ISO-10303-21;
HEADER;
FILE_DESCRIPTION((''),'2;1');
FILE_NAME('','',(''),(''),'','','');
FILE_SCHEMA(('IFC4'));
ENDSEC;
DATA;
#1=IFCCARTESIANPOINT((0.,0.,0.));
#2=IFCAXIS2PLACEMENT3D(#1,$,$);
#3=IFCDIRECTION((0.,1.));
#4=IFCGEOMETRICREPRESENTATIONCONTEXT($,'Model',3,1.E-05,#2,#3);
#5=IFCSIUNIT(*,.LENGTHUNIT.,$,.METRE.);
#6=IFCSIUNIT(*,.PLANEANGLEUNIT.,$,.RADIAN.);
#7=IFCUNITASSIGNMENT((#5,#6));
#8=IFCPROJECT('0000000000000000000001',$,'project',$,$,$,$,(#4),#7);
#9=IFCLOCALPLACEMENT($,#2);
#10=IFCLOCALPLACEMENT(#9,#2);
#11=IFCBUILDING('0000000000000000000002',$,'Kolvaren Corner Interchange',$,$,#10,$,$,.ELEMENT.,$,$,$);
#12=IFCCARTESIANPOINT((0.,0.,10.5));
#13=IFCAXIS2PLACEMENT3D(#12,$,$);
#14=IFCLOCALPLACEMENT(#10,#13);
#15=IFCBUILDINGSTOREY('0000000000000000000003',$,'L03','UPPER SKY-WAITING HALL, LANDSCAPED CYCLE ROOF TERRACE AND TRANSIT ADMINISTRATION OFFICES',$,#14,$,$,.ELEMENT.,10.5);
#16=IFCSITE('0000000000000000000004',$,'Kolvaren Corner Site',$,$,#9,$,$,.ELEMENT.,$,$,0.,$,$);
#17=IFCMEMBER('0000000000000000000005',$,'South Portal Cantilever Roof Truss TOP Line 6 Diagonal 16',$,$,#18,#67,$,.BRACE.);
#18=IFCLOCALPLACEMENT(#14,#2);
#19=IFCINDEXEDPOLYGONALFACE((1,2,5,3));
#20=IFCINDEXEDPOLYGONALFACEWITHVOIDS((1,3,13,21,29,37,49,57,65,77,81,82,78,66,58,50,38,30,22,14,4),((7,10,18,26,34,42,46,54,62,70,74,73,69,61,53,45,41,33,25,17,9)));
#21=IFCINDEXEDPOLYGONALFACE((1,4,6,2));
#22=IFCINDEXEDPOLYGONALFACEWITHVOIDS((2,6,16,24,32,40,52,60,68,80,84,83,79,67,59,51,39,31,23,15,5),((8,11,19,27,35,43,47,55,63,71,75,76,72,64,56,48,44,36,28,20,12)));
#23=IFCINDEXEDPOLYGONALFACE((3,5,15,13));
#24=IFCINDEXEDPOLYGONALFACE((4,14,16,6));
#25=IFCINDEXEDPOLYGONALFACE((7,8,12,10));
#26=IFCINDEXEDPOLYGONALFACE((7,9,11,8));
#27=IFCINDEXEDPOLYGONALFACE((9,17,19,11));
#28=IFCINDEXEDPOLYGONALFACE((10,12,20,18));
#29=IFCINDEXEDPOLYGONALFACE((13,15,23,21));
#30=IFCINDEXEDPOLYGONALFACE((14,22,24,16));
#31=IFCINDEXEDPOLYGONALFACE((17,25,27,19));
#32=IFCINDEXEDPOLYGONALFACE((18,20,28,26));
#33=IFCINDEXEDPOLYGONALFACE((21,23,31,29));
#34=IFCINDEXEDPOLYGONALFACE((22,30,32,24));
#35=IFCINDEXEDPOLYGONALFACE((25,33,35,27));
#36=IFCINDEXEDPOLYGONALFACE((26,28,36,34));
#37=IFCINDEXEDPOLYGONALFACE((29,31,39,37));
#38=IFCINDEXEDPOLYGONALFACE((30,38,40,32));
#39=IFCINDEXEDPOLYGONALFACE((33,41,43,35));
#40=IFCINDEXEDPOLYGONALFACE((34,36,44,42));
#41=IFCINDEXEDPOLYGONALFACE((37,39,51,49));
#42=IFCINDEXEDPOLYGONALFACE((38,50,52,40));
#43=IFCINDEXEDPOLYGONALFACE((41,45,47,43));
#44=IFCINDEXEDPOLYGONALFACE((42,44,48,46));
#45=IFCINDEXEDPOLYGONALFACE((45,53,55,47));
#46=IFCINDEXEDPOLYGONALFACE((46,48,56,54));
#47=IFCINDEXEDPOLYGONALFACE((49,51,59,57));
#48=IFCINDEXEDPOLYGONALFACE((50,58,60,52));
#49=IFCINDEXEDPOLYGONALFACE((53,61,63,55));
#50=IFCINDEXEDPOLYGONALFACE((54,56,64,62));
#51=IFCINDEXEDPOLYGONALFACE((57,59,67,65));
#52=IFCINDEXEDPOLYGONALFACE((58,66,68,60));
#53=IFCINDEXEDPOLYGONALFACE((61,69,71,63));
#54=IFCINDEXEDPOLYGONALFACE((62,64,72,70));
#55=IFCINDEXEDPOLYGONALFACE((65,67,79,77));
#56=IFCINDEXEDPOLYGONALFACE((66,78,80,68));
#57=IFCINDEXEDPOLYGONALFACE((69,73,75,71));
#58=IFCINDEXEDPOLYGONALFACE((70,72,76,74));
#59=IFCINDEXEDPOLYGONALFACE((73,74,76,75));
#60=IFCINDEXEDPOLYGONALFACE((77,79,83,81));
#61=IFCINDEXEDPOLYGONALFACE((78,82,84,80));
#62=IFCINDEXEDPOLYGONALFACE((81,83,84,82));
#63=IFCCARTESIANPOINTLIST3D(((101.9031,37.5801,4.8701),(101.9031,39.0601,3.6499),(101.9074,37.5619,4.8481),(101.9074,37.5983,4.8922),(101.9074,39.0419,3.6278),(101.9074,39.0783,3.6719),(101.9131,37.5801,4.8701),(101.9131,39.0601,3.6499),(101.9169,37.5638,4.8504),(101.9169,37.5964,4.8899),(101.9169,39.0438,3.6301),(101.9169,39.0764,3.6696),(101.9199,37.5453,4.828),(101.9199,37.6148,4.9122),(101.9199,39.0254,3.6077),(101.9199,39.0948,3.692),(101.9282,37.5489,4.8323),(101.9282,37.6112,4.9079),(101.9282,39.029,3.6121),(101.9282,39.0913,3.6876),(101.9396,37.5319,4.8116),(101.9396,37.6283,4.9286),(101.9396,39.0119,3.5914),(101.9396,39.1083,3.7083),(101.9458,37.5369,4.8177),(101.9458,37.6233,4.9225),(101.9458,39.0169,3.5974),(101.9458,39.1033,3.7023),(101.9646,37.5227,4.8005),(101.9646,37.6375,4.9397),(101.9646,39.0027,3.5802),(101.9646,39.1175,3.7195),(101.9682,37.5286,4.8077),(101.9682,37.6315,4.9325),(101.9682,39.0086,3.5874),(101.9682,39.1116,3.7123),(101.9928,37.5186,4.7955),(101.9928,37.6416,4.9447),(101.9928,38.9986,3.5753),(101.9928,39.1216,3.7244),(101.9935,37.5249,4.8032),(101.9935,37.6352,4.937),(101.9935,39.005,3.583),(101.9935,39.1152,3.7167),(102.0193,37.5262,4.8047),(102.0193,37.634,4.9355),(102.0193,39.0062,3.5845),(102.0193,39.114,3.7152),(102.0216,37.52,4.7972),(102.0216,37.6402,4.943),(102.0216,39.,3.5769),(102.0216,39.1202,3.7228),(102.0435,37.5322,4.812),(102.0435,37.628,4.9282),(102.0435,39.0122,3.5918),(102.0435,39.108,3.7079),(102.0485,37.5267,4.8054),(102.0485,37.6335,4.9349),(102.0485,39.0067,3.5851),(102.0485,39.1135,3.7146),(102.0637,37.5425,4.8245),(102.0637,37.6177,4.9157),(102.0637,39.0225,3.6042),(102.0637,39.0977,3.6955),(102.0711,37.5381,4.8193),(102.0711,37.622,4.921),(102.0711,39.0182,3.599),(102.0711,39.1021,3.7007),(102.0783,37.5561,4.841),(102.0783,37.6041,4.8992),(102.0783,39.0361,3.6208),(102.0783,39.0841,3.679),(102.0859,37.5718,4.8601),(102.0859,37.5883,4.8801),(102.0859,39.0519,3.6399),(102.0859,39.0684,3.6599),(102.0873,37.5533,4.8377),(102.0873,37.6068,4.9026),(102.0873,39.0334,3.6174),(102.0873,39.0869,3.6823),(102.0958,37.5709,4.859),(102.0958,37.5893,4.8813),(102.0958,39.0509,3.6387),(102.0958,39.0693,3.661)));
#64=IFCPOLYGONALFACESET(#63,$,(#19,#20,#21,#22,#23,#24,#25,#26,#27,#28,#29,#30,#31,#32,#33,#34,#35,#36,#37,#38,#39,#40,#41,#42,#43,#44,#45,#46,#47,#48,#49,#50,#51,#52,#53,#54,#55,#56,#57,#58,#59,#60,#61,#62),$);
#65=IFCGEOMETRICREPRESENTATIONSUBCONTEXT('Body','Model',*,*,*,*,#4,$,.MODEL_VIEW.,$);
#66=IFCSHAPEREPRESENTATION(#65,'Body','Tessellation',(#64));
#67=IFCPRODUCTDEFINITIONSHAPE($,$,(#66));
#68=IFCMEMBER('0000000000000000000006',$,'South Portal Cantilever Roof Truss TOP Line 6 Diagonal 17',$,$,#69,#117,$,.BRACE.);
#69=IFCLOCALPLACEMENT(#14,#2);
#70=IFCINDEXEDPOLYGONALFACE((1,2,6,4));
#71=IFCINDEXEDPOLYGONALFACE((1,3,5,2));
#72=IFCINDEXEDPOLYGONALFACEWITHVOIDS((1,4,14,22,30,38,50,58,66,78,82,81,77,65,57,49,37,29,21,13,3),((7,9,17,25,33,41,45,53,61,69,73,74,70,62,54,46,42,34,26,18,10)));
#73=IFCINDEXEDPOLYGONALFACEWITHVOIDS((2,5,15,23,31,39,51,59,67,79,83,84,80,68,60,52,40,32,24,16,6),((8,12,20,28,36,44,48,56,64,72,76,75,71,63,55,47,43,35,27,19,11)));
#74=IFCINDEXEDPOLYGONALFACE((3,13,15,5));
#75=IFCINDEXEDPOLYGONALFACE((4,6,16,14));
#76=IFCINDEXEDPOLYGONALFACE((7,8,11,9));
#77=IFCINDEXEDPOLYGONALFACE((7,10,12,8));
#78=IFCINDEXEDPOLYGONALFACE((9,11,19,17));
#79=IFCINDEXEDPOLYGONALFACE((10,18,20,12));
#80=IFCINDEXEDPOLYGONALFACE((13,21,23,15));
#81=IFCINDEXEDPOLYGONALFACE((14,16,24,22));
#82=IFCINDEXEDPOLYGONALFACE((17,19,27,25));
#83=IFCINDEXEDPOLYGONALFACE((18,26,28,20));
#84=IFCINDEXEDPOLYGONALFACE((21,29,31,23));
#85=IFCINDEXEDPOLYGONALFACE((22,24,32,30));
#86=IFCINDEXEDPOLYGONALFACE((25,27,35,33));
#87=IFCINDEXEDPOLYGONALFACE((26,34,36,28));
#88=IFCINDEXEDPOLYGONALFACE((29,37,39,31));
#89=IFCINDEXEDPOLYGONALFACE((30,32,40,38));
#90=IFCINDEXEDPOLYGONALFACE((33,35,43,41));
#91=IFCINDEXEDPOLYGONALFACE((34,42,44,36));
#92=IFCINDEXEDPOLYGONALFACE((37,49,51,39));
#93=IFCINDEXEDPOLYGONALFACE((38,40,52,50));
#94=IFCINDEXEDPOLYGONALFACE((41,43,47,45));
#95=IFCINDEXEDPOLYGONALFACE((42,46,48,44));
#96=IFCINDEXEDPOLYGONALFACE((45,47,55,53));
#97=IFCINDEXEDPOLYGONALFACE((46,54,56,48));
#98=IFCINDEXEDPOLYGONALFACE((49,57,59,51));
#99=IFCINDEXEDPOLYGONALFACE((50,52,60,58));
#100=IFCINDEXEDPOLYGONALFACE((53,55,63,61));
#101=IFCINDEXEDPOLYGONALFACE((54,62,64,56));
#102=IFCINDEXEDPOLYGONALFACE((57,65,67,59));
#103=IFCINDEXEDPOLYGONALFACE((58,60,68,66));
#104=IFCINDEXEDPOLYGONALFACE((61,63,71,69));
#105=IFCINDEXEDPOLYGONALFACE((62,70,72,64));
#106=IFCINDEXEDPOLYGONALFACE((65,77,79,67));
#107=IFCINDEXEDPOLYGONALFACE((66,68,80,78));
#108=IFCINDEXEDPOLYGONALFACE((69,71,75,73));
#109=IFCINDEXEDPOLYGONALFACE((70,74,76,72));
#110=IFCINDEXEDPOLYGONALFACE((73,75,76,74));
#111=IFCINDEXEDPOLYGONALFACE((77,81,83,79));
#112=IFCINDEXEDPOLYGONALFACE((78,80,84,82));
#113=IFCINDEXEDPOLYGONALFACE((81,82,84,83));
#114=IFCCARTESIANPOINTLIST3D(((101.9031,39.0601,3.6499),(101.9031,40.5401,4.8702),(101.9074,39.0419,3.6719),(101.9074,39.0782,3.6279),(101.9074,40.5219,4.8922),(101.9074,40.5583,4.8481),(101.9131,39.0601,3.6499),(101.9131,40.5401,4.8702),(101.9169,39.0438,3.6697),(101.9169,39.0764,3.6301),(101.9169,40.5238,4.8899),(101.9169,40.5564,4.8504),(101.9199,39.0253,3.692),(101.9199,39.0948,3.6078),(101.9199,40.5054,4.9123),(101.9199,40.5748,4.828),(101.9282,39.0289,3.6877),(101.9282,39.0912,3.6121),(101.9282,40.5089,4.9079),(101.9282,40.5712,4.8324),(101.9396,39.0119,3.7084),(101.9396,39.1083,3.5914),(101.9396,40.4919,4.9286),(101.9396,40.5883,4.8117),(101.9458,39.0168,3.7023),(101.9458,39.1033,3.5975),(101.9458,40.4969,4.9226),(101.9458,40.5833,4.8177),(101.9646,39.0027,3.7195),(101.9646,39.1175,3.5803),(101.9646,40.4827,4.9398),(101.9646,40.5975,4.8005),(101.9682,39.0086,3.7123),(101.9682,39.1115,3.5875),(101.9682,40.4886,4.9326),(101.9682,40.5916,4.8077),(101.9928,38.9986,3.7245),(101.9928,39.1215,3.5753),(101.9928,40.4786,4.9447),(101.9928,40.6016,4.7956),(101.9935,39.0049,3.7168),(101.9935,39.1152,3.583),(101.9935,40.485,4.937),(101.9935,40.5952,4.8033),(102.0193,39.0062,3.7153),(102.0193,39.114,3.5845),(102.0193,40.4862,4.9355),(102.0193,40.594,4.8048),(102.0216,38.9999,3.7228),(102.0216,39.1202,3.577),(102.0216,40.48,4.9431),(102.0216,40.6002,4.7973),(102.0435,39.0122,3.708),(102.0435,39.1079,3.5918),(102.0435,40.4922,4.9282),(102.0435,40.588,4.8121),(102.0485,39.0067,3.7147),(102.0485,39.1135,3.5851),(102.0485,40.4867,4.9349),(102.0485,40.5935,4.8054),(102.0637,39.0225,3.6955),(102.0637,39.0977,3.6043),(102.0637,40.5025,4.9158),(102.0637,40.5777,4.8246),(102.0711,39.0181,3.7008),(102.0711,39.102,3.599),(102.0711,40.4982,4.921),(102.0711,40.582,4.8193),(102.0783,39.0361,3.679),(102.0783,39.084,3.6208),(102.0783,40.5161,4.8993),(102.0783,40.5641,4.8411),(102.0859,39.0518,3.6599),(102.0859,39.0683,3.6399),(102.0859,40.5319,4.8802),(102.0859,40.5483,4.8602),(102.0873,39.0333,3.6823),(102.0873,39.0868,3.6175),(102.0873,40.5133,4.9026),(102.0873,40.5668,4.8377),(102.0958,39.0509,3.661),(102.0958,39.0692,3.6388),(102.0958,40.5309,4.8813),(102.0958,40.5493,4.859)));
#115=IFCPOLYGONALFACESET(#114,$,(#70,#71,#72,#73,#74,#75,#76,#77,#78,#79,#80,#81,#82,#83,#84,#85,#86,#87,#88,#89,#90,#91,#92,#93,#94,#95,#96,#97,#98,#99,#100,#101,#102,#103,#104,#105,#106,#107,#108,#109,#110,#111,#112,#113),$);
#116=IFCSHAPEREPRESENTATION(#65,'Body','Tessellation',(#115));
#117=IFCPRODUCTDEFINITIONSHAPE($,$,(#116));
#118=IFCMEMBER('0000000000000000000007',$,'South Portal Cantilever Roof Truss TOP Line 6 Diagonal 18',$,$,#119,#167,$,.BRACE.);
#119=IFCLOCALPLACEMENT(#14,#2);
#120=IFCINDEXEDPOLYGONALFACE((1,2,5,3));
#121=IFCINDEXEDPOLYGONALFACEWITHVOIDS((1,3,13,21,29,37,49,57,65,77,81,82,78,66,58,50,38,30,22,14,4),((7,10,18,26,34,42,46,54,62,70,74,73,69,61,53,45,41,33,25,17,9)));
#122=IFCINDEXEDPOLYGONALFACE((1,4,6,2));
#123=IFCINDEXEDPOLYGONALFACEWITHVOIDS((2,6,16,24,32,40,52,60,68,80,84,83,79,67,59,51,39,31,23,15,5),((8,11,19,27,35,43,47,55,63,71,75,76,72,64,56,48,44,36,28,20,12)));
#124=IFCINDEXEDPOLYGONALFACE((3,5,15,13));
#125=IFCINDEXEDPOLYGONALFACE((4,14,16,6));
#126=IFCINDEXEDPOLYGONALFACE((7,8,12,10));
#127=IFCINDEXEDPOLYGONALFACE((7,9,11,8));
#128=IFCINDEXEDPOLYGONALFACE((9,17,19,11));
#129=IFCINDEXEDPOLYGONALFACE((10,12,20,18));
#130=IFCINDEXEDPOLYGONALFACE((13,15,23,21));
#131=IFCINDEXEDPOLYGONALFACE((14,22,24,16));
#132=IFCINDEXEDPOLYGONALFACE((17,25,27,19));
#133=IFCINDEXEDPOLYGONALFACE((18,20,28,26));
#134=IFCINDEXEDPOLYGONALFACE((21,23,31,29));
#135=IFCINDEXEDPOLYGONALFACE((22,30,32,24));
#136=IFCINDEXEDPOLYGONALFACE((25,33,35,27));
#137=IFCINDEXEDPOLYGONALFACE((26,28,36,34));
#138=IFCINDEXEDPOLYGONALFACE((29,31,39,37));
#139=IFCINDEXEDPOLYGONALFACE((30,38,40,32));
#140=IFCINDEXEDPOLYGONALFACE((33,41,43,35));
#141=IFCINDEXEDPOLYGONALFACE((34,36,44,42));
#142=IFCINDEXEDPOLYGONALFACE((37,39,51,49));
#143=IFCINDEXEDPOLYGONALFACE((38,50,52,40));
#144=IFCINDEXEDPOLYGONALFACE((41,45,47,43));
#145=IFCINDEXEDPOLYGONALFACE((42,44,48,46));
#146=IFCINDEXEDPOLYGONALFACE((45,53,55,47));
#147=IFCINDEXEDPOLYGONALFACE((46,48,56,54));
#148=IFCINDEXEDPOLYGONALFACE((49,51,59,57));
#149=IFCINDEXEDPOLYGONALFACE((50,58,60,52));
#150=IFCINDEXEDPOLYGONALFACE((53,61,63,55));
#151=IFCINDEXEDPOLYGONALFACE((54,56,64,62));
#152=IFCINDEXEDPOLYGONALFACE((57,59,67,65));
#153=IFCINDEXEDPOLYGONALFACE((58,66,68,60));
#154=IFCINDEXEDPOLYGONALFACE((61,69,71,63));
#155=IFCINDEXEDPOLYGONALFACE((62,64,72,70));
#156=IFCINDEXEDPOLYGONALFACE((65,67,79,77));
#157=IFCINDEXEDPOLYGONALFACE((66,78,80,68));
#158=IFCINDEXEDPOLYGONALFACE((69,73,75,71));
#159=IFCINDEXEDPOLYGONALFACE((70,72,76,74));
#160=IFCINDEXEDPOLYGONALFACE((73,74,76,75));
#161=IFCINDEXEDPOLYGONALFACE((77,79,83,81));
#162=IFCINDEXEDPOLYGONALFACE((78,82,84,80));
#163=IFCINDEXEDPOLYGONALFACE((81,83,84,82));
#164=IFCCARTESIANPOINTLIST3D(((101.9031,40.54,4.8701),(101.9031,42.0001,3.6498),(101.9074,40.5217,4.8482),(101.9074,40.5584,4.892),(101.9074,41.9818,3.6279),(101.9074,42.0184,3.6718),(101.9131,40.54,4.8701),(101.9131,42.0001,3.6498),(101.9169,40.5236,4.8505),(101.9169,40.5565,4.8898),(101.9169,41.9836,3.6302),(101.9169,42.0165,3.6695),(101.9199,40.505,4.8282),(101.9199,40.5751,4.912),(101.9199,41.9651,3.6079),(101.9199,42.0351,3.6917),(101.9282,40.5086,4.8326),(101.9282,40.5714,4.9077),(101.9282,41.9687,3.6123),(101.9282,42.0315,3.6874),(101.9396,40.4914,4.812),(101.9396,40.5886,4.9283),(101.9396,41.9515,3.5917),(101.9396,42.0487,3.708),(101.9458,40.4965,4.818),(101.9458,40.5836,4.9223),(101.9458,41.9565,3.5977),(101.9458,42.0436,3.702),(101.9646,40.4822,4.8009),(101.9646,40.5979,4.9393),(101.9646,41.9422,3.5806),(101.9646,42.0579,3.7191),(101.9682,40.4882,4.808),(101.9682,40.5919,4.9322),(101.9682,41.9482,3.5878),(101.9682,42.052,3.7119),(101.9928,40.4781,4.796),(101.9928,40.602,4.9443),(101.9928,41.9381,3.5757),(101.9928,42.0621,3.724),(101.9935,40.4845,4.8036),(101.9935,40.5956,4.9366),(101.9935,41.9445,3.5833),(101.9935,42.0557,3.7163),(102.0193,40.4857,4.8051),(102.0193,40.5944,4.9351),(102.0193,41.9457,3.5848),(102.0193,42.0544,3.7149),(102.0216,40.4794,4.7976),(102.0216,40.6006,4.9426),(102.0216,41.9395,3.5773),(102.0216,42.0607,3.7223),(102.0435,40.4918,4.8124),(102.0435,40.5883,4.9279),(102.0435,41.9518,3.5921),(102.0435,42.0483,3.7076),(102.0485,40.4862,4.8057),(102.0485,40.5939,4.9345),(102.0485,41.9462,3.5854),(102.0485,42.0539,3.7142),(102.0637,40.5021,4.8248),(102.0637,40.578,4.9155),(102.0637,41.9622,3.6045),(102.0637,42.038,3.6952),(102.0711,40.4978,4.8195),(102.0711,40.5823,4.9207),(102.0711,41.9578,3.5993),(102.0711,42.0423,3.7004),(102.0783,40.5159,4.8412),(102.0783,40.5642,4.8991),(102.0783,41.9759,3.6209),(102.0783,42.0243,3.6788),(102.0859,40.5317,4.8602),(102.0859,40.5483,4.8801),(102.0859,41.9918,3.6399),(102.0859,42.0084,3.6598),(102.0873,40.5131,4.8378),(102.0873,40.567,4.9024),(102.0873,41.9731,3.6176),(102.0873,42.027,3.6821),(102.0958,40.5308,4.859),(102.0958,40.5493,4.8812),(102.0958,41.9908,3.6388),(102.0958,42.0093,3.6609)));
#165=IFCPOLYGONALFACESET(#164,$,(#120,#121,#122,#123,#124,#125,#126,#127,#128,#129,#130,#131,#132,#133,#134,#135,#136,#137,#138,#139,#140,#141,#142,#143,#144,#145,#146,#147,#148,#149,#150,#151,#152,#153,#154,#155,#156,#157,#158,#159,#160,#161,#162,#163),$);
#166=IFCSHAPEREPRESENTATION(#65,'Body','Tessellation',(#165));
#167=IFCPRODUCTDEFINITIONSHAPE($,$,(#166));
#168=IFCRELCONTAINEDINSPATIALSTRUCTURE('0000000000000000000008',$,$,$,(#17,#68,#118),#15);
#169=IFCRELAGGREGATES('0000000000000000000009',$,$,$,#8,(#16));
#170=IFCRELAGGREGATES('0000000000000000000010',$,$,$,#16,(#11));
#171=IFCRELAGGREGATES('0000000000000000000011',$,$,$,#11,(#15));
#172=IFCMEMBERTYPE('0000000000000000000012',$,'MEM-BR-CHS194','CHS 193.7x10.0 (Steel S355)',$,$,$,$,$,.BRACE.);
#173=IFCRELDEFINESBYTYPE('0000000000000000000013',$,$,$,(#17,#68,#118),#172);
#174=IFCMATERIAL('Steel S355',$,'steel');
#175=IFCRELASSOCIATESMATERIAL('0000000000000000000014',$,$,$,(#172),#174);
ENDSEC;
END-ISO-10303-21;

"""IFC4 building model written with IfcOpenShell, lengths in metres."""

from ifc_helpers import new_model, si_unit, direction, frame, origin, origin_2d, place, context, subcontext, project, spatial, hollow_circle, extrude, material, material_profile, profile_set, type_object, element, save


model = new_model("IFC4")

# Units and contexts
model_context = context("Model", 3, precision=1e-05, world=origin(), true_north=direction((0.0, 1.0)))
body_context = subcontext(model_context, "Body", "Model", "MODEL_VIEW")
ifc_project = project(units=[si_unit("LENGTHUNIT", "METRE"), si_unit("PLANEANGLEUNIT", "RADIAN")], contexts=[model_context])

# Site, building, storey
site_placement = place(None, origin())
site = spatial("IfcSite", under=ifc_project, at=site_placement, Name="Kolvaren Corner Site", CompositionType="ELEMENT", RefElevation=0.0)
building_placement = place(site_placement, origin())
building = spatial("IfcBuilding", under=site, at=building_placement, Name="Kolvaren Corner Interchange", CompositionType="ELEMENT")
storey_placement = place(building_placement, frame((0.0, 0.0, 10.5)))
storey = spatial("IfcBuildingStorey", under=building, at=storey_placement, Name="L03", Description="UPPER SKY-WAITING HALL, LANDSCAPED CYCLE ROOF TERRACE AND TRANSIT ADMINISTRATION OFFICES", CompositionType="ELEMENT", Elevation=10.5)

# Members
ifc_material_1 = material(Name="Steel S355", Category="steel")
ifc_material_profile_1 = material_profile(ifc_material_1, hollow_circle(Radius=0.0969, WallThickness=0.01, at=origin_2d()), Name="CHS 193.7x10.0")
ifc_profile_set_1 = profile_set([ifc_material_profile_1], Name="Steel S355")
member_type_1 = type_object("IfcMemberType", Name="MEM-BR-CHS194", Description="CHS 193.7x10.0 (Steel S355)", PredefinedType="BRACE", material=ifc_profile_set_1)
for number, where, z_axis, x_axis, name in (
    (1, (102.0, 37.5801, 4.8701), (0.0, 0.77157, -0.636144), (-1.0, 0.0, 0.0), "South Portal Cantilever Roof Truss TOP Line 6 Diagonal 16"),
    (2, (102.0, 39.0601, 3.6499), (0.0, 0.77157, 0.636144), (-1.0, 0.0, 0.0), "South Portal Cantilever Roof Truss TOP Line 6 Diagonal 17"),
):
    element("IfcMember", number, at=place(storey_placement, frame(where, z_axis=z_axis, x_axis=x_axis)), inside=storey, type_object=member_type_1, Name=name, PredefinedType="BRACE", context=body_context, shape_type="SweptSolid", body=[
        extrude(hollow_circle(Radius=0.0969, WallThickness=0.01, at=origin_2d()), origin(), (0.0, 0.0, 1.0), 1.9182),
    ])
member_1_placement = place(storey_placement, frame((102.0, 40.54, 4.8701), z_axis=(0.0, 0.767295, -0.641294), x_axis=(-1.0, 0.0, 0.0)))
element("IfcMember", 3, at=member_1_placement, inside=storey, type_object=member_type_1, Name="South Portal Cantilever Roof Truss TOP Line 6 Diagonal 18", PredefinedType="BRACE", context=body_context, shape_type="SweptSolid", body=[
    extrude(hollow_circle(Radius=0.0969, WallThickness=0.01, at=origin_2d()), origin(), (0.0, 0.0, 1.0), 1.9028),
])

save(model, "model.ifc")
